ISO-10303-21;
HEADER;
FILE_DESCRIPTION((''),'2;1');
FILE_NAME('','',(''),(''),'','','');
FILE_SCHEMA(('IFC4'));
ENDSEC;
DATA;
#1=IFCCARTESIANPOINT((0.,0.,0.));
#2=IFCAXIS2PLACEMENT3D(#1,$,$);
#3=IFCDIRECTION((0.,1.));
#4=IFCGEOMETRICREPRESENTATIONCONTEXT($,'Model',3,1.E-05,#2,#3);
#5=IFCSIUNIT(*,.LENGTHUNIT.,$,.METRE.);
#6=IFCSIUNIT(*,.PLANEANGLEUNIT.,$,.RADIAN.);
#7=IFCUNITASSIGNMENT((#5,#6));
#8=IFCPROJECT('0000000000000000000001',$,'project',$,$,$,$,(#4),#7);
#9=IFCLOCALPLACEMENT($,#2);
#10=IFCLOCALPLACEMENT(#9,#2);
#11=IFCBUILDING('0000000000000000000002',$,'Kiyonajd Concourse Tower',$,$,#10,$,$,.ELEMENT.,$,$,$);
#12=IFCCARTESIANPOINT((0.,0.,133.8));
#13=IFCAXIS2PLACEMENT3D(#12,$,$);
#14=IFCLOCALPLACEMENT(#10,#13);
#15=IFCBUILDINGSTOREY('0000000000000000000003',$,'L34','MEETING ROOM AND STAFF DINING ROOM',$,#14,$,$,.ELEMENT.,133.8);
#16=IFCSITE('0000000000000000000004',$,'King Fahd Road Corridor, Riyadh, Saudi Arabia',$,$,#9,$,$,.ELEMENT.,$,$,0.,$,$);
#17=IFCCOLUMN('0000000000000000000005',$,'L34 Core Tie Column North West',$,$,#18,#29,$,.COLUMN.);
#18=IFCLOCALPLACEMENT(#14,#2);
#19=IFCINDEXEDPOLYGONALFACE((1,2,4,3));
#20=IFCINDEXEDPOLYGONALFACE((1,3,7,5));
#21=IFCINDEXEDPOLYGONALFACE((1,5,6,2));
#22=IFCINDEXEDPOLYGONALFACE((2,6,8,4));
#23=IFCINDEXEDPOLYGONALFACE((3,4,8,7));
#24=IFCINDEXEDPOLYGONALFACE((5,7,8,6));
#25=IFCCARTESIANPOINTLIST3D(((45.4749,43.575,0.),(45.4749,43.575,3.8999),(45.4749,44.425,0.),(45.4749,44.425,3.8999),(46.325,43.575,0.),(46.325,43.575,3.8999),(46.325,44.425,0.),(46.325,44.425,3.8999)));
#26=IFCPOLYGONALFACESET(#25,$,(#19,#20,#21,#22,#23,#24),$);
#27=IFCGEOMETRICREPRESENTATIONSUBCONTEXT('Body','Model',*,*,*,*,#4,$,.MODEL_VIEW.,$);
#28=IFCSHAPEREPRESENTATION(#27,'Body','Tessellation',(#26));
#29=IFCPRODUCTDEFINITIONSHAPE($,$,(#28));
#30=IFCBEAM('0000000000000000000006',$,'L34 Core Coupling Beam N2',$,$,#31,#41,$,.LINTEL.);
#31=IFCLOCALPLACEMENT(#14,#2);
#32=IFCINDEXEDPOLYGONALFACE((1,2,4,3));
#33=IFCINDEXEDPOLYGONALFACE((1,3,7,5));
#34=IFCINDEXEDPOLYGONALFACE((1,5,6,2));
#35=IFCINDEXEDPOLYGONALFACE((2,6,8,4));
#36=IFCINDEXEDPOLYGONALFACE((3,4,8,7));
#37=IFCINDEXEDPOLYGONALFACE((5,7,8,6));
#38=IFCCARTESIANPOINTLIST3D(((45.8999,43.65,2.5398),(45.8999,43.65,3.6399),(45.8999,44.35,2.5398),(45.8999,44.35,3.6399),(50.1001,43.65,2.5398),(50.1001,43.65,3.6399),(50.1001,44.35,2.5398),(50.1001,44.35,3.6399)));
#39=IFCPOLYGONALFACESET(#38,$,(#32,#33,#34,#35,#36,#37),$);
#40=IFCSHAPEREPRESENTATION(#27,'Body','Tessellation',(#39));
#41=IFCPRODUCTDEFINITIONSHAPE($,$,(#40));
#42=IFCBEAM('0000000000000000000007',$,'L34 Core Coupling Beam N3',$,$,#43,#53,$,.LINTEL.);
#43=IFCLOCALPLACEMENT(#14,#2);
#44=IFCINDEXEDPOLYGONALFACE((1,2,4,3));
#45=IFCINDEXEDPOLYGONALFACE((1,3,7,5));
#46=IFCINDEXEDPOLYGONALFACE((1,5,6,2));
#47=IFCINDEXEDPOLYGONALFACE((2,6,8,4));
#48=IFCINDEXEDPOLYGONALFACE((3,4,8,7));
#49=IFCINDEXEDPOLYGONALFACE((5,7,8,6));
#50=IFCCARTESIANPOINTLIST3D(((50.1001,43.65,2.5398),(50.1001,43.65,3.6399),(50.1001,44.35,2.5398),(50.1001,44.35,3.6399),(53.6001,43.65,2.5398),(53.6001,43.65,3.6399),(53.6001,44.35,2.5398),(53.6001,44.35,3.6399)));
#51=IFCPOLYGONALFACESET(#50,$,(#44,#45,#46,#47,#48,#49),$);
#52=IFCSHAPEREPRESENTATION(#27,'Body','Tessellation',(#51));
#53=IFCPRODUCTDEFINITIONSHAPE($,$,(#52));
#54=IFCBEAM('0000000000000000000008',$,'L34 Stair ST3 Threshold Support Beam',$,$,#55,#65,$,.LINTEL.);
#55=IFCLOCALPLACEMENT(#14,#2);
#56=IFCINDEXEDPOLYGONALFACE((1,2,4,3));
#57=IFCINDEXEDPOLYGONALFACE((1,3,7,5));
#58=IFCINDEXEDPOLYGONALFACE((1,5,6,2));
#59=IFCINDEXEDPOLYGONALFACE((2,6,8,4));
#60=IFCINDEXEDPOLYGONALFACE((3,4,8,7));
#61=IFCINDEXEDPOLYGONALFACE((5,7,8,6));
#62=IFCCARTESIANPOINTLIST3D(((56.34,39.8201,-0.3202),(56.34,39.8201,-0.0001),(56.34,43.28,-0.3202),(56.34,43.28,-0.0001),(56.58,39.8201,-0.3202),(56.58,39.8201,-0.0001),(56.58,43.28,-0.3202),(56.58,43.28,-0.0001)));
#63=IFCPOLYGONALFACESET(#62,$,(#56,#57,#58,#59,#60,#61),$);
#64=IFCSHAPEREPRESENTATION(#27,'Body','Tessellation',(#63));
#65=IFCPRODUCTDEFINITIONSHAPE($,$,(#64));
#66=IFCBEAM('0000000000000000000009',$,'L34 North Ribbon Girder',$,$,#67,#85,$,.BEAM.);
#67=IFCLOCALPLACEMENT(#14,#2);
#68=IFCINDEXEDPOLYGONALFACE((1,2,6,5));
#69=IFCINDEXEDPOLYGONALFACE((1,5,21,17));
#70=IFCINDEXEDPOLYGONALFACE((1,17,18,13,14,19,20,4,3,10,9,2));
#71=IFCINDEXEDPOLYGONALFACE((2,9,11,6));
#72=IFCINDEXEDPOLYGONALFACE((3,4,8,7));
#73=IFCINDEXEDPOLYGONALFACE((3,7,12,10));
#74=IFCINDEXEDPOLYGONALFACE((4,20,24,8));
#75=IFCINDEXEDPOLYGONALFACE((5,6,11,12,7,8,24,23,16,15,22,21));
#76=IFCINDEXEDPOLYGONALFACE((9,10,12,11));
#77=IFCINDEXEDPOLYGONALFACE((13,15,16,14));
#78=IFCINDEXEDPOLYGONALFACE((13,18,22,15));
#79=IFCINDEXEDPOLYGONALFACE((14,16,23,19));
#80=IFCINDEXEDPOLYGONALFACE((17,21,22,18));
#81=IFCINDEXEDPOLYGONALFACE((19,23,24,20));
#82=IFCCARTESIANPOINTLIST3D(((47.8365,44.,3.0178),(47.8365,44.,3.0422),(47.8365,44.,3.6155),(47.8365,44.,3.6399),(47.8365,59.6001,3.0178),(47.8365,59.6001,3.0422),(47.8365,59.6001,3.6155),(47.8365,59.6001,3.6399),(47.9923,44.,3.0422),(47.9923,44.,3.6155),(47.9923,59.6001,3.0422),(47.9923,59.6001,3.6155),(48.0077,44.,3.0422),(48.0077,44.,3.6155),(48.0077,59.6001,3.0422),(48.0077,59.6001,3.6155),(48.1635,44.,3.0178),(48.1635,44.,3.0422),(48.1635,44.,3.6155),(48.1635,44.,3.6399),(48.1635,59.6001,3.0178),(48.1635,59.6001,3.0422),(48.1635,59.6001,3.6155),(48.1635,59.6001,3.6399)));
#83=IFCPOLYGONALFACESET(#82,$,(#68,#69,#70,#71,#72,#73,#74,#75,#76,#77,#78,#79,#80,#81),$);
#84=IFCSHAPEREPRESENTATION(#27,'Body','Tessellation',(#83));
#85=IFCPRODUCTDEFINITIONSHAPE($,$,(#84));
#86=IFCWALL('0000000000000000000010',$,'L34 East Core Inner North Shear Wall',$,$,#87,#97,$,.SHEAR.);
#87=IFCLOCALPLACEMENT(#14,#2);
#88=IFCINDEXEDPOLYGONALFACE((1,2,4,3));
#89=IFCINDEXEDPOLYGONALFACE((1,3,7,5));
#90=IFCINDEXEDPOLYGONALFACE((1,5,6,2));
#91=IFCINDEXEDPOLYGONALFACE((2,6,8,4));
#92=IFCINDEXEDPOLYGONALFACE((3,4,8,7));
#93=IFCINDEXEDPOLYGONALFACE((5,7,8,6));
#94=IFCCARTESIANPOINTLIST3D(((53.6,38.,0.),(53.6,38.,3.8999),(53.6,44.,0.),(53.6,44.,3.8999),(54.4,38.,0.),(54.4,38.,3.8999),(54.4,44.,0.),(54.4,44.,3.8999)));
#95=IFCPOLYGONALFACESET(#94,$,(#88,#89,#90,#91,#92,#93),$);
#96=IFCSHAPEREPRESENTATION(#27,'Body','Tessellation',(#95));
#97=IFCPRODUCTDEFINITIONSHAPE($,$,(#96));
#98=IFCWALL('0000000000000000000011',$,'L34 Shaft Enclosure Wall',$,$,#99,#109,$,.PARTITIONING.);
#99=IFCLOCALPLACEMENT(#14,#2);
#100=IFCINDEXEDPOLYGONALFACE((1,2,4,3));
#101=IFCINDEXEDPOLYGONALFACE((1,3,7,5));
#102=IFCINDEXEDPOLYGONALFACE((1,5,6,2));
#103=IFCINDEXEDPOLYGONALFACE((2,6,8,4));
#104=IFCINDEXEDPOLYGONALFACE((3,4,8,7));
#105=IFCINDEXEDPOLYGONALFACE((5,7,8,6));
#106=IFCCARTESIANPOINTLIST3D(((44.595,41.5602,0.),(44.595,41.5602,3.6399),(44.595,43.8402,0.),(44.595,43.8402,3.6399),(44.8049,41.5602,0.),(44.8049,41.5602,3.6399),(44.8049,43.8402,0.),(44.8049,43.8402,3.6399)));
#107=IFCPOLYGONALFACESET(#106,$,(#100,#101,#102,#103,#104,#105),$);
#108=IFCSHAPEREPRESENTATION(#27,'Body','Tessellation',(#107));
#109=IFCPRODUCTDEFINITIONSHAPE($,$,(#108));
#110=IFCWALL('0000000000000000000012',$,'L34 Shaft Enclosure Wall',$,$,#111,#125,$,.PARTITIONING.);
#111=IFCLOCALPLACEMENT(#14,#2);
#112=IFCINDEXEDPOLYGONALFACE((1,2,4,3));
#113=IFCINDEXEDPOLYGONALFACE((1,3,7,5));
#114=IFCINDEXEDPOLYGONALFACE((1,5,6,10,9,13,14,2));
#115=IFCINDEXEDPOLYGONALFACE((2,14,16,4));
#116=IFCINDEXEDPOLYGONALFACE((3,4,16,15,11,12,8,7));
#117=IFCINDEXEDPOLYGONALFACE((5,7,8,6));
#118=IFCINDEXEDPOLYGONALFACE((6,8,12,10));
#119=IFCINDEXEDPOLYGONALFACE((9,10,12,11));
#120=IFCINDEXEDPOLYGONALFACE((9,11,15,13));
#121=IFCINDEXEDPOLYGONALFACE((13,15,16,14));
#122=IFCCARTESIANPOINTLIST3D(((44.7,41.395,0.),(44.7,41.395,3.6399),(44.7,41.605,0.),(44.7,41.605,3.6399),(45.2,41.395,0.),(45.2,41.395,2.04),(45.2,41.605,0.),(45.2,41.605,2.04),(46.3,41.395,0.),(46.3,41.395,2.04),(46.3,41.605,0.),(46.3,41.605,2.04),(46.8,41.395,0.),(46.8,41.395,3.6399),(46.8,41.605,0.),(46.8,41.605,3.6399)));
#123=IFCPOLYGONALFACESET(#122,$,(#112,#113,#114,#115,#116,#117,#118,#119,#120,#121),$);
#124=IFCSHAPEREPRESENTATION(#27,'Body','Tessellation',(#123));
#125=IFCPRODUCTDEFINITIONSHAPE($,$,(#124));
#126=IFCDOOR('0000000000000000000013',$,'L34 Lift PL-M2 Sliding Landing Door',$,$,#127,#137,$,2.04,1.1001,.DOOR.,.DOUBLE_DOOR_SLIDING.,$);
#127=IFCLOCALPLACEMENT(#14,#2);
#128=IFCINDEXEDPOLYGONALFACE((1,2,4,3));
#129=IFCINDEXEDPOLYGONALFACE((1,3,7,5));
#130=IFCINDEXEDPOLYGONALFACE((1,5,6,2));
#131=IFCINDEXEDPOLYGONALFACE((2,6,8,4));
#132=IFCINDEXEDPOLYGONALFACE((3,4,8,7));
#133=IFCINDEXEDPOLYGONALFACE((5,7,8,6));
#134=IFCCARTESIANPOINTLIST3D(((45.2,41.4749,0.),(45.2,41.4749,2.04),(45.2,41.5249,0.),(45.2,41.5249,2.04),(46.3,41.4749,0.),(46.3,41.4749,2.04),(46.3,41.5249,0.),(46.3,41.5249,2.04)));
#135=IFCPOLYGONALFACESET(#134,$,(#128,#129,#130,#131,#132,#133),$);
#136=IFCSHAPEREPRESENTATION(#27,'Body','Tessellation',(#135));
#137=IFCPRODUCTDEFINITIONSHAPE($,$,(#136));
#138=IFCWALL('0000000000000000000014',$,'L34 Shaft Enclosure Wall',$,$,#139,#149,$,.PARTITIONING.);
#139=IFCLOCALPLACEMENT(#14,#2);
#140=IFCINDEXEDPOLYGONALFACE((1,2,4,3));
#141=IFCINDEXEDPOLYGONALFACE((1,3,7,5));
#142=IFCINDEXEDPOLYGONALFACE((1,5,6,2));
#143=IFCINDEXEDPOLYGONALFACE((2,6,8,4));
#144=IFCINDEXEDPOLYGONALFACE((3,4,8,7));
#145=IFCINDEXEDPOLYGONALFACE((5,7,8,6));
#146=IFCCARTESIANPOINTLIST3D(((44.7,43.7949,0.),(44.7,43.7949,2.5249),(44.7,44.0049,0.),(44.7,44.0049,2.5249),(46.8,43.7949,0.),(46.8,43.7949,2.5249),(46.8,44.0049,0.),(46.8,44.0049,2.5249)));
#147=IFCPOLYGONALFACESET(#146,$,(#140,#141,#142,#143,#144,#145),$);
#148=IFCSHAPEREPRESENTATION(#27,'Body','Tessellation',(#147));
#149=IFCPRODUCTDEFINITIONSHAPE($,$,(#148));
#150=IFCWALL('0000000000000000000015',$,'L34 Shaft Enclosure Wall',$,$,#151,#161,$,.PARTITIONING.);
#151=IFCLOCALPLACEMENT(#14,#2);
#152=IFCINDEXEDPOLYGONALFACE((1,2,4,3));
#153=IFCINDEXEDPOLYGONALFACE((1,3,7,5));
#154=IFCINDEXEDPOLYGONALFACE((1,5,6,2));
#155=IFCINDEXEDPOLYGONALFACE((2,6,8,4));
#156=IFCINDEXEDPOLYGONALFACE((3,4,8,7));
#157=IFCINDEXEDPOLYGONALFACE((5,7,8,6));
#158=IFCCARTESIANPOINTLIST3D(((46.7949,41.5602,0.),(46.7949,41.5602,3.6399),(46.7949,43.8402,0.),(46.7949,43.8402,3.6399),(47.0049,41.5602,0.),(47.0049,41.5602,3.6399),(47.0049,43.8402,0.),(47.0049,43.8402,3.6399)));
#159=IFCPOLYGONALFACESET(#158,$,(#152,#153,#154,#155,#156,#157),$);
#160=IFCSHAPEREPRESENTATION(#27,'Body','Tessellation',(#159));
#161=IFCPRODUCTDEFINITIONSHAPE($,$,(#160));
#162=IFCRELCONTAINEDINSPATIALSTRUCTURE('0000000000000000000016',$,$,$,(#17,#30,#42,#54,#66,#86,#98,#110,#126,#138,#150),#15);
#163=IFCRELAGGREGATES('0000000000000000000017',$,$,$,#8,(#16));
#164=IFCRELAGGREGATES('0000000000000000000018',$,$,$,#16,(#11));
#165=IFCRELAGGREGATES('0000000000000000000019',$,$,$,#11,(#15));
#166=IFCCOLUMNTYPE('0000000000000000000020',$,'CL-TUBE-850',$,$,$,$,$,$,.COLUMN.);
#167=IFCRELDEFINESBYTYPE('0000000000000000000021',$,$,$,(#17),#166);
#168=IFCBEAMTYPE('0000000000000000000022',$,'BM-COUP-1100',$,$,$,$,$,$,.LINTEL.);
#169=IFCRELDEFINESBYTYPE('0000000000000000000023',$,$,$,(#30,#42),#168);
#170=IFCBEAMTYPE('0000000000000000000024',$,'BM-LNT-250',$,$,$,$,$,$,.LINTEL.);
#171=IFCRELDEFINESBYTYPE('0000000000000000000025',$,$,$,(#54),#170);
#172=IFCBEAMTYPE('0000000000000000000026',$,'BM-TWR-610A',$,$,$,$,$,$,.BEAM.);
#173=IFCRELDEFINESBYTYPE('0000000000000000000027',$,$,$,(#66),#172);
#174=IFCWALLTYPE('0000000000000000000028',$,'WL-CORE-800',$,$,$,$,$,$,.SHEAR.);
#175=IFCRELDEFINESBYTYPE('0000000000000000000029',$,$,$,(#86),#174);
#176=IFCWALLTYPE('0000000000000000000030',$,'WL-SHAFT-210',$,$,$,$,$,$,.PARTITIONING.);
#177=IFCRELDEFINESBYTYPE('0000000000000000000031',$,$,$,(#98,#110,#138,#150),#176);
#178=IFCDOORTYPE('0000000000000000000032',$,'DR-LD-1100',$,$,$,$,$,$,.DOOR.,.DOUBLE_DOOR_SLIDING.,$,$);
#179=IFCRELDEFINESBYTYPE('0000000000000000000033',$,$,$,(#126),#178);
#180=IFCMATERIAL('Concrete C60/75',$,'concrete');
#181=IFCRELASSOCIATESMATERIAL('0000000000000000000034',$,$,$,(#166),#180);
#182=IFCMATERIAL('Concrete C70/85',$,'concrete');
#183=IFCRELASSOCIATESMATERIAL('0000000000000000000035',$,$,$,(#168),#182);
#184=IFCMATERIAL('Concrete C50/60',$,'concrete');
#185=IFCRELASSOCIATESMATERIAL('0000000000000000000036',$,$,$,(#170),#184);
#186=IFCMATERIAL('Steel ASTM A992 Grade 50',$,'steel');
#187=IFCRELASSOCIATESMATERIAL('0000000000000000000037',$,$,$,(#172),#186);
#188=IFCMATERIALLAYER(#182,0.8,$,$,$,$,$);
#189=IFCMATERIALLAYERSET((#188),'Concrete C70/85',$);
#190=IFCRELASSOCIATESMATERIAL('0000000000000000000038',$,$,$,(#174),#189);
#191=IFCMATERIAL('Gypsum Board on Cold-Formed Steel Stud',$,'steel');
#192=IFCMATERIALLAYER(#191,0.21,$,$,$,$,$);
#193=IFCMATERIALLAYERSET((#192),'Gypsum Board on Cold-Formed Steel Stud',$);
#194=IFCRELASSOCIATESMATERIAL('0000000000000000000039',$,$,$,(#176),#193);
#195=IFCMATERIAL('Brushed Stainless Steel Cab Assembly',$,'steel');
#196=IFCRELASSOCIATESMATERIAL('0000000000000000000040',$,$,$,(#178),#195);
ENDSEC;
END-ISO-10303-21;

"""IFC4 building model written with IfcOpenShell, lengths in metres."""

from ifc_helpers import new_model, si_unit, direction, frame, frame_2d, origin, origin_2d, place, context, subcontext, project, spatial, rectangle, i_section, extrude, material, layer, layer_set, material_profile, profile_set, type_object, element, fill, save


model = new_model("IFC4")

# Units and contexts
model_context = context("Model", 3, precision=1e-05, world=origin(), true_north=direction((0.0, 1.0)))
body_context = subcontext(model_context, "Body", "Model", "MODEL_VIEW")
ifc_project = project(units=[si_unit("LENGTHUNIT", "METRE"), si_unit("PLANEANGLEUNIT", "RADIAN")], contexts=[model_context])

# Site, building, storey
site_placement = place(None, origin())
site = spatial("IfcSite", under=ifc_project, at=site_placement, Name="King Fahd Road Corridor, Riyadh, Saudi Arabia", CompositionType="ELEMENT", RefElevation=0.0)
building_placement = place(site_placement, origin())
building = spatial("IfcBuilding", under=site, at=building_placement, Name="Kiyonajd Concourse Tower", CompositionType="ELEMENT")
storey_placement = place(building_placement, frame((0.0, 0.0, 133.8)))
storey = spatial("IfcBuildingStorey", under=building, at=storey_placement, Name="L34", Description="MEETING ROOM AND STAFF DINING ROOM", CompositionType="ELEMENT", Elevation=133.8)

# Column
ifc_material_1 = material(Name="Concrete C60/75", Category="concrete")
ifc_material_profile_1 = material_profile(ifc_material_1, rectangle(XDim=0.8501, YDim=0.8501, at=origin_2d()), Name="RC-850x850")
ifc_profile_set_1 = profile_set([ifc_material_profile_1], Name="Concrete C60/75")
column_type = type_object("IfcColumnType", Name="CL-TUBE-850", PredefinedType="COLUMN", material=ifc_profile_set_1)
column_placement = place(storey_placement, frame((45.8999, 44.0, 0.0), z_axis=(0.0, 0.0, 1.0), x_axis=(1.0, 0.0, 0.0)))
element("IfcColumn", 1, at=column_placement, inside=storey, type_object=column_type, Name="L34 Core Tie Column North West", PredefinedType="COLUMN", context=body_context, shape_type="SweptSolid", body=[
    extrude(rectangle(XDim=0.8501, YDim=0.8501, at=origin_2d()), origin(), (0.0, 0.0, 1.0), 3.8999),
])

# Beams
ifc_material_2 = material(Name="Concrete C70/85", Category="concrete")
ifc_material_profile_2 = material_profile(ifc_material_2, rectangle(XDim=0.7, YDim=1.1001, at=origin_2d()), Name="RCBM-700x1100")
ifc_profile_set_2 = profile_set([ifc_material_profile_2], Name="Concrete C70/85")
beam_type_1 = type_object("IfcBeamType", Name="BM-COUP-1100", PredefinedType="LINTEL", material=ifc_profile_set_2)
beam_1_placement = place(storey_placement, frame((45.8999, 44.0, 3.0898), z_axis=(1.0, 0.0, 0.0), x_axis=(0.0, 1.0, 0.0)))
element("IfcBeam", 2, at=beam_1_placement, inside=storey, type_object=beam_type_1, Name="L34 Core Coupling Beam N2", PredefinedType="LINTEL", context=body_context, shape_type="SweptSolid", body=[
    extrude(rectangle(XDim=0.7, YDim=1.1001, at=origin_2d()), origin(), (0.0, 0.0, 1.0), 4.2002),
])
beam_2_placement = place(storey_placement, frame((50.1001, 44.0, 3.0898), z_axis=(1.0, 0.0, 0.0), x_axis=(0.0, 1.0, 0.0)))
element("IfcBeam", 3, at=beam_2_placement, inside=storey, type_object=beam_type_1, Name="L34 Core Coupling Beam N3", PredefinedType="LINTEL", context=body_context, shape_type="SweptSolid", body=[
    extrude(rectangle(XDim=0.7, YDim=1.1001, at=origin_2d()), origin(), (0.0, 0.0, 1.0), 3.5),
])
ifc_material_3 = material(Name="Concrete C50/60", Category="concrete")
ifc_material_profile_3 = material_profile(ifc_material_3, rectangle(XDim=0.24, YDim=0.3201, at=origin_2d()), Name="RCBM-240x320")
ifc_profile_set_3 = profile_set([ifc_material_profile_3], Name="Concrete C50/60")
beam_type_2 = type_object("IfcBeamType", Name="BM-LNT-250", PredefinedType="LINTEL", material=ifc_profile_set_3)
beam_3_placement = place(storey_placement, frame((56.46, 39.8201, -0.1602), z_axis=(0.0, 1.0, 0.0), x_axis=(-1.0, 0.0, 0.0)))
element("IfcBeam", 4, at=beam_3_placement, inside=storey, type_object=beam_type_2, Name="L34 Stair ST3 Threshold Support Beam", PredefinedType="LINTEL", context=body_context, shape_type="SweptSolid", body=[
    extrude(rectangle(XDim=0.24, YDim=0.3201, at=origin_2d()), origin(), (0.0, 0.0, 1.0), 3.46),
])
ifc_material_4 = material(Name="Steel ASTM A992 Grade 50", Category="steel")
ifc_material_profile_4 = material_profile(ifc_material_4, i_section(OverallWidth=0.3269, OverallDepth=0.6221, WebThickness=0.0154, FlangeThickness=0.0244, at=origin_2d()), Name="W610X195")
ifc_profile_set_4 = profile_set([ifc_material_profile_4], Name="Steel ASTM A992 Grade 50")
beam_type_3 = type_object("IfcBeamType", Name="BM-TWR-610A", PredefinedType="BEAM", material=ifc_profile_set_4)
beam_4_placement = place(storey_placement, frame((48.0, 44.0, 3.3289), z_axis=(0.0, 1.0, 0.0), x_axis=(-1.0, 0.0, 0.0)))
element("IfcBeam", 5, at=beam_4_placement, inside=storey, type_object=beam_type_3, Name="L34 North Ribbon Girder", PredefinedType="BEAM", context=body_context, shape_type="SweptSolid", body=[
    extrude(i_section(OverallWidth=0.3269, OverallDepth=0.6221, WebThickness=0.0154, FlangeThickness=0.0244, at=origin_2d()), origin(), (0.0, 0.0, 1.0), 15.6001),
])

# Walls
ifc_layer_1 = layer(ifc_material_2, 0.8)
ifc_layer_set_1 = layer_set([ifc_layer_1], Name="Concrete C70/85")
wall_type_1 = type_object("IfcWallType", Name="WL-CORE-800", PredefinedType="SHEAR", material=ifc_layer_set_1)
wall_1_placement = place(storey_placement, frame((54.0, 38.0, 0.0), z_axis=(0.0, 0.0, 1.0), x_axis=(0.0, 1.0, 0.0)))
element("IfcWall", 6, at=wall_1_placement, inside=storey, type_object=wall_type_1, Name="L34 East Core Inner North Shear Wall", PredefinedType="SHEAR", context=body_context, shape_type="SweptSolid", body=[
    extrude(rectangle(XDim=6.0, YDim=0.8, at=frame_2d((3.0, 0.0))), origin(), (0.0, 0.0, 1.0), 3.8999),
])
ifc_material_5 = material(Name="Gypsum Board on Cold-Formed Steel Stud", Category="steel")
ifc_layer_2 = layer(ifc_material_5, 0.21)
ifc_layer_set_2 = layer_set([ifc_layer_2], Name="Gypsum Board on Cold-Formed Steel Stud")
wall_type_2 = type_object("IfcWallType", Name="WL-SHAFT-210", PredefinedType="PARTITIONING", material=ifc_layer_set_2)
wall_2_placement = place(storey_placement, frame((44.7, 41.5601, 0.0), z_axis=(0.0, 0.0, 1.0), x_axis=(0.0, 1.0, 0.0)))
element("IfcWall", 7, at=wall_2_placement, inside=storey, type_object=wall_type_2, Name="L34 Shaft Enclosure Wall", PredefinedType="PARTITIONING", context=body_context, shape_type="SweptSolid", body=[
    extrude(rectangle(XDim=2.28, YDim=0.21, at=frame_2d((1.1401, 0.0))), origin(), (0.0, 0.0, 1.0), 3.6399),
])

# Wall, opening, door
wall_3_placement = place(storey_placement, frame((44.7, 41.5, 0.0), z_axis=(0.0, 0.0, 1.0), x_axis=(1.0, 0.0, 0.0)))
wall_3 = element("IfcWall", 8, at=wall_3_placement, inside=storey, type_object=wall_type_2, Name="L34 Shaft Enclosure Wall", PredefinedType="PARTITIONING", context=body_context, shape_type="SweptSolid", body=[
    extrude(rectangle(XDim=2.1001, YDim=0.21, at=frame_2d((1.05, 0.0))), origin(), (0.0, 0.0, 1.0), 3.6399),
])
opening_1_placement = place(wall_3_placement, frame((0.5, 0.0, 0.0)))
opening_1 = element("IfcOpeningElement", 9, at=opening_1_placement, cuts=wall_3, PredefinedType="OPENING", context=body_context, shape_type="SweptSolid", body=[
    extrude(rectangle(XDim=1.1001, YDim=2.04, at=frame_2d((0.55, 1.02))), frame((0.0, 0.115, 0.0), z_axis=(0.0, -1.0, 0.0), x_axis=(1.0, 0.0, 0.0)), (0.0, 0.0, 1.0), 0.23),
])
ifc_material_6 = material(Name="Brushed Stainless Steel Cab Assembly", Category="steel")
door_type_1 = type_object("IfcDoorType", Name="DR-LD-1100", OperationType="DOUBLE_DOOR_SLIDING", PredefinedType="DOOR", material=ifc_material_6)
door_1_placement = place(opening_1_placement, origin())
door_1 = element("IfcDoor", 10, at=door_1_placement, inside=storey, type_object=door_type_1, Name="L34 Lift PL-M2 Sliding Landing Door", OperationType="DOUBLE_DOOR_SLIDING", OverallHeight=2.04, OverallWidth=1.1001, PredefinedType="DOOR", context=body_context, shape_type="SweptSolid", body=[
    extrude(rectangle(XDim=1.1001, YDim=2.04, at=frame_2d((0.55, 1.02))), frame((0.0, 0.0249, 0.0), z_axis=(0.0, -1.0, 0.0), x_axis=(1.0, 0.0, 0.0)), (0.0, 0.0, 1.0), 0.05),
])
fill(opening_1, door_1)

# Walls
wall_4_placement = place(storey_placement, frame((44.7, 43.8999, 0.0), z_axis=(0.0, 0.0, 1.0), x_axis=(1.0, 0.0, 0.0)))
element("IfcWall", 11, at=wall_4_placement, inside=storey, type_object=wall_type_2, Name="L34 Shaft Enclosure Wall", PredefinedType="PARTITIONING", context=body_context, shape_type="SweptSolid", body=[
    extrude(rectangle(XDim=2.1001, YDim=0.21, at=frame_2d((1.05, 0.0))), origin(), (0.0, 0.0, 1.0), 2.5249),
])
wall_5_placement = place(storey_placement, frame((46.8999, 41.5601, 0.0), z_axis=(0.0, 0.0, 1.0), x_axis=(0.0, 1.0, 0.0)))
element("IfcWall", 12, at=wall_5_placement, inside=storey, type_object=wall_type_2, Name="L34 Shaft Enclosure Wall", PredefinedType="PARTITIONING", context=body_context, shape_type="SweptSolid", body=[
    extrude(rectangle(XDim=2.28, YDim=0.21, at=frame_2d((1.1401, 0.0))), origin(), (0.0, 0.0, 1.0), 3.6399),
])

save(model, "model.ifc")
